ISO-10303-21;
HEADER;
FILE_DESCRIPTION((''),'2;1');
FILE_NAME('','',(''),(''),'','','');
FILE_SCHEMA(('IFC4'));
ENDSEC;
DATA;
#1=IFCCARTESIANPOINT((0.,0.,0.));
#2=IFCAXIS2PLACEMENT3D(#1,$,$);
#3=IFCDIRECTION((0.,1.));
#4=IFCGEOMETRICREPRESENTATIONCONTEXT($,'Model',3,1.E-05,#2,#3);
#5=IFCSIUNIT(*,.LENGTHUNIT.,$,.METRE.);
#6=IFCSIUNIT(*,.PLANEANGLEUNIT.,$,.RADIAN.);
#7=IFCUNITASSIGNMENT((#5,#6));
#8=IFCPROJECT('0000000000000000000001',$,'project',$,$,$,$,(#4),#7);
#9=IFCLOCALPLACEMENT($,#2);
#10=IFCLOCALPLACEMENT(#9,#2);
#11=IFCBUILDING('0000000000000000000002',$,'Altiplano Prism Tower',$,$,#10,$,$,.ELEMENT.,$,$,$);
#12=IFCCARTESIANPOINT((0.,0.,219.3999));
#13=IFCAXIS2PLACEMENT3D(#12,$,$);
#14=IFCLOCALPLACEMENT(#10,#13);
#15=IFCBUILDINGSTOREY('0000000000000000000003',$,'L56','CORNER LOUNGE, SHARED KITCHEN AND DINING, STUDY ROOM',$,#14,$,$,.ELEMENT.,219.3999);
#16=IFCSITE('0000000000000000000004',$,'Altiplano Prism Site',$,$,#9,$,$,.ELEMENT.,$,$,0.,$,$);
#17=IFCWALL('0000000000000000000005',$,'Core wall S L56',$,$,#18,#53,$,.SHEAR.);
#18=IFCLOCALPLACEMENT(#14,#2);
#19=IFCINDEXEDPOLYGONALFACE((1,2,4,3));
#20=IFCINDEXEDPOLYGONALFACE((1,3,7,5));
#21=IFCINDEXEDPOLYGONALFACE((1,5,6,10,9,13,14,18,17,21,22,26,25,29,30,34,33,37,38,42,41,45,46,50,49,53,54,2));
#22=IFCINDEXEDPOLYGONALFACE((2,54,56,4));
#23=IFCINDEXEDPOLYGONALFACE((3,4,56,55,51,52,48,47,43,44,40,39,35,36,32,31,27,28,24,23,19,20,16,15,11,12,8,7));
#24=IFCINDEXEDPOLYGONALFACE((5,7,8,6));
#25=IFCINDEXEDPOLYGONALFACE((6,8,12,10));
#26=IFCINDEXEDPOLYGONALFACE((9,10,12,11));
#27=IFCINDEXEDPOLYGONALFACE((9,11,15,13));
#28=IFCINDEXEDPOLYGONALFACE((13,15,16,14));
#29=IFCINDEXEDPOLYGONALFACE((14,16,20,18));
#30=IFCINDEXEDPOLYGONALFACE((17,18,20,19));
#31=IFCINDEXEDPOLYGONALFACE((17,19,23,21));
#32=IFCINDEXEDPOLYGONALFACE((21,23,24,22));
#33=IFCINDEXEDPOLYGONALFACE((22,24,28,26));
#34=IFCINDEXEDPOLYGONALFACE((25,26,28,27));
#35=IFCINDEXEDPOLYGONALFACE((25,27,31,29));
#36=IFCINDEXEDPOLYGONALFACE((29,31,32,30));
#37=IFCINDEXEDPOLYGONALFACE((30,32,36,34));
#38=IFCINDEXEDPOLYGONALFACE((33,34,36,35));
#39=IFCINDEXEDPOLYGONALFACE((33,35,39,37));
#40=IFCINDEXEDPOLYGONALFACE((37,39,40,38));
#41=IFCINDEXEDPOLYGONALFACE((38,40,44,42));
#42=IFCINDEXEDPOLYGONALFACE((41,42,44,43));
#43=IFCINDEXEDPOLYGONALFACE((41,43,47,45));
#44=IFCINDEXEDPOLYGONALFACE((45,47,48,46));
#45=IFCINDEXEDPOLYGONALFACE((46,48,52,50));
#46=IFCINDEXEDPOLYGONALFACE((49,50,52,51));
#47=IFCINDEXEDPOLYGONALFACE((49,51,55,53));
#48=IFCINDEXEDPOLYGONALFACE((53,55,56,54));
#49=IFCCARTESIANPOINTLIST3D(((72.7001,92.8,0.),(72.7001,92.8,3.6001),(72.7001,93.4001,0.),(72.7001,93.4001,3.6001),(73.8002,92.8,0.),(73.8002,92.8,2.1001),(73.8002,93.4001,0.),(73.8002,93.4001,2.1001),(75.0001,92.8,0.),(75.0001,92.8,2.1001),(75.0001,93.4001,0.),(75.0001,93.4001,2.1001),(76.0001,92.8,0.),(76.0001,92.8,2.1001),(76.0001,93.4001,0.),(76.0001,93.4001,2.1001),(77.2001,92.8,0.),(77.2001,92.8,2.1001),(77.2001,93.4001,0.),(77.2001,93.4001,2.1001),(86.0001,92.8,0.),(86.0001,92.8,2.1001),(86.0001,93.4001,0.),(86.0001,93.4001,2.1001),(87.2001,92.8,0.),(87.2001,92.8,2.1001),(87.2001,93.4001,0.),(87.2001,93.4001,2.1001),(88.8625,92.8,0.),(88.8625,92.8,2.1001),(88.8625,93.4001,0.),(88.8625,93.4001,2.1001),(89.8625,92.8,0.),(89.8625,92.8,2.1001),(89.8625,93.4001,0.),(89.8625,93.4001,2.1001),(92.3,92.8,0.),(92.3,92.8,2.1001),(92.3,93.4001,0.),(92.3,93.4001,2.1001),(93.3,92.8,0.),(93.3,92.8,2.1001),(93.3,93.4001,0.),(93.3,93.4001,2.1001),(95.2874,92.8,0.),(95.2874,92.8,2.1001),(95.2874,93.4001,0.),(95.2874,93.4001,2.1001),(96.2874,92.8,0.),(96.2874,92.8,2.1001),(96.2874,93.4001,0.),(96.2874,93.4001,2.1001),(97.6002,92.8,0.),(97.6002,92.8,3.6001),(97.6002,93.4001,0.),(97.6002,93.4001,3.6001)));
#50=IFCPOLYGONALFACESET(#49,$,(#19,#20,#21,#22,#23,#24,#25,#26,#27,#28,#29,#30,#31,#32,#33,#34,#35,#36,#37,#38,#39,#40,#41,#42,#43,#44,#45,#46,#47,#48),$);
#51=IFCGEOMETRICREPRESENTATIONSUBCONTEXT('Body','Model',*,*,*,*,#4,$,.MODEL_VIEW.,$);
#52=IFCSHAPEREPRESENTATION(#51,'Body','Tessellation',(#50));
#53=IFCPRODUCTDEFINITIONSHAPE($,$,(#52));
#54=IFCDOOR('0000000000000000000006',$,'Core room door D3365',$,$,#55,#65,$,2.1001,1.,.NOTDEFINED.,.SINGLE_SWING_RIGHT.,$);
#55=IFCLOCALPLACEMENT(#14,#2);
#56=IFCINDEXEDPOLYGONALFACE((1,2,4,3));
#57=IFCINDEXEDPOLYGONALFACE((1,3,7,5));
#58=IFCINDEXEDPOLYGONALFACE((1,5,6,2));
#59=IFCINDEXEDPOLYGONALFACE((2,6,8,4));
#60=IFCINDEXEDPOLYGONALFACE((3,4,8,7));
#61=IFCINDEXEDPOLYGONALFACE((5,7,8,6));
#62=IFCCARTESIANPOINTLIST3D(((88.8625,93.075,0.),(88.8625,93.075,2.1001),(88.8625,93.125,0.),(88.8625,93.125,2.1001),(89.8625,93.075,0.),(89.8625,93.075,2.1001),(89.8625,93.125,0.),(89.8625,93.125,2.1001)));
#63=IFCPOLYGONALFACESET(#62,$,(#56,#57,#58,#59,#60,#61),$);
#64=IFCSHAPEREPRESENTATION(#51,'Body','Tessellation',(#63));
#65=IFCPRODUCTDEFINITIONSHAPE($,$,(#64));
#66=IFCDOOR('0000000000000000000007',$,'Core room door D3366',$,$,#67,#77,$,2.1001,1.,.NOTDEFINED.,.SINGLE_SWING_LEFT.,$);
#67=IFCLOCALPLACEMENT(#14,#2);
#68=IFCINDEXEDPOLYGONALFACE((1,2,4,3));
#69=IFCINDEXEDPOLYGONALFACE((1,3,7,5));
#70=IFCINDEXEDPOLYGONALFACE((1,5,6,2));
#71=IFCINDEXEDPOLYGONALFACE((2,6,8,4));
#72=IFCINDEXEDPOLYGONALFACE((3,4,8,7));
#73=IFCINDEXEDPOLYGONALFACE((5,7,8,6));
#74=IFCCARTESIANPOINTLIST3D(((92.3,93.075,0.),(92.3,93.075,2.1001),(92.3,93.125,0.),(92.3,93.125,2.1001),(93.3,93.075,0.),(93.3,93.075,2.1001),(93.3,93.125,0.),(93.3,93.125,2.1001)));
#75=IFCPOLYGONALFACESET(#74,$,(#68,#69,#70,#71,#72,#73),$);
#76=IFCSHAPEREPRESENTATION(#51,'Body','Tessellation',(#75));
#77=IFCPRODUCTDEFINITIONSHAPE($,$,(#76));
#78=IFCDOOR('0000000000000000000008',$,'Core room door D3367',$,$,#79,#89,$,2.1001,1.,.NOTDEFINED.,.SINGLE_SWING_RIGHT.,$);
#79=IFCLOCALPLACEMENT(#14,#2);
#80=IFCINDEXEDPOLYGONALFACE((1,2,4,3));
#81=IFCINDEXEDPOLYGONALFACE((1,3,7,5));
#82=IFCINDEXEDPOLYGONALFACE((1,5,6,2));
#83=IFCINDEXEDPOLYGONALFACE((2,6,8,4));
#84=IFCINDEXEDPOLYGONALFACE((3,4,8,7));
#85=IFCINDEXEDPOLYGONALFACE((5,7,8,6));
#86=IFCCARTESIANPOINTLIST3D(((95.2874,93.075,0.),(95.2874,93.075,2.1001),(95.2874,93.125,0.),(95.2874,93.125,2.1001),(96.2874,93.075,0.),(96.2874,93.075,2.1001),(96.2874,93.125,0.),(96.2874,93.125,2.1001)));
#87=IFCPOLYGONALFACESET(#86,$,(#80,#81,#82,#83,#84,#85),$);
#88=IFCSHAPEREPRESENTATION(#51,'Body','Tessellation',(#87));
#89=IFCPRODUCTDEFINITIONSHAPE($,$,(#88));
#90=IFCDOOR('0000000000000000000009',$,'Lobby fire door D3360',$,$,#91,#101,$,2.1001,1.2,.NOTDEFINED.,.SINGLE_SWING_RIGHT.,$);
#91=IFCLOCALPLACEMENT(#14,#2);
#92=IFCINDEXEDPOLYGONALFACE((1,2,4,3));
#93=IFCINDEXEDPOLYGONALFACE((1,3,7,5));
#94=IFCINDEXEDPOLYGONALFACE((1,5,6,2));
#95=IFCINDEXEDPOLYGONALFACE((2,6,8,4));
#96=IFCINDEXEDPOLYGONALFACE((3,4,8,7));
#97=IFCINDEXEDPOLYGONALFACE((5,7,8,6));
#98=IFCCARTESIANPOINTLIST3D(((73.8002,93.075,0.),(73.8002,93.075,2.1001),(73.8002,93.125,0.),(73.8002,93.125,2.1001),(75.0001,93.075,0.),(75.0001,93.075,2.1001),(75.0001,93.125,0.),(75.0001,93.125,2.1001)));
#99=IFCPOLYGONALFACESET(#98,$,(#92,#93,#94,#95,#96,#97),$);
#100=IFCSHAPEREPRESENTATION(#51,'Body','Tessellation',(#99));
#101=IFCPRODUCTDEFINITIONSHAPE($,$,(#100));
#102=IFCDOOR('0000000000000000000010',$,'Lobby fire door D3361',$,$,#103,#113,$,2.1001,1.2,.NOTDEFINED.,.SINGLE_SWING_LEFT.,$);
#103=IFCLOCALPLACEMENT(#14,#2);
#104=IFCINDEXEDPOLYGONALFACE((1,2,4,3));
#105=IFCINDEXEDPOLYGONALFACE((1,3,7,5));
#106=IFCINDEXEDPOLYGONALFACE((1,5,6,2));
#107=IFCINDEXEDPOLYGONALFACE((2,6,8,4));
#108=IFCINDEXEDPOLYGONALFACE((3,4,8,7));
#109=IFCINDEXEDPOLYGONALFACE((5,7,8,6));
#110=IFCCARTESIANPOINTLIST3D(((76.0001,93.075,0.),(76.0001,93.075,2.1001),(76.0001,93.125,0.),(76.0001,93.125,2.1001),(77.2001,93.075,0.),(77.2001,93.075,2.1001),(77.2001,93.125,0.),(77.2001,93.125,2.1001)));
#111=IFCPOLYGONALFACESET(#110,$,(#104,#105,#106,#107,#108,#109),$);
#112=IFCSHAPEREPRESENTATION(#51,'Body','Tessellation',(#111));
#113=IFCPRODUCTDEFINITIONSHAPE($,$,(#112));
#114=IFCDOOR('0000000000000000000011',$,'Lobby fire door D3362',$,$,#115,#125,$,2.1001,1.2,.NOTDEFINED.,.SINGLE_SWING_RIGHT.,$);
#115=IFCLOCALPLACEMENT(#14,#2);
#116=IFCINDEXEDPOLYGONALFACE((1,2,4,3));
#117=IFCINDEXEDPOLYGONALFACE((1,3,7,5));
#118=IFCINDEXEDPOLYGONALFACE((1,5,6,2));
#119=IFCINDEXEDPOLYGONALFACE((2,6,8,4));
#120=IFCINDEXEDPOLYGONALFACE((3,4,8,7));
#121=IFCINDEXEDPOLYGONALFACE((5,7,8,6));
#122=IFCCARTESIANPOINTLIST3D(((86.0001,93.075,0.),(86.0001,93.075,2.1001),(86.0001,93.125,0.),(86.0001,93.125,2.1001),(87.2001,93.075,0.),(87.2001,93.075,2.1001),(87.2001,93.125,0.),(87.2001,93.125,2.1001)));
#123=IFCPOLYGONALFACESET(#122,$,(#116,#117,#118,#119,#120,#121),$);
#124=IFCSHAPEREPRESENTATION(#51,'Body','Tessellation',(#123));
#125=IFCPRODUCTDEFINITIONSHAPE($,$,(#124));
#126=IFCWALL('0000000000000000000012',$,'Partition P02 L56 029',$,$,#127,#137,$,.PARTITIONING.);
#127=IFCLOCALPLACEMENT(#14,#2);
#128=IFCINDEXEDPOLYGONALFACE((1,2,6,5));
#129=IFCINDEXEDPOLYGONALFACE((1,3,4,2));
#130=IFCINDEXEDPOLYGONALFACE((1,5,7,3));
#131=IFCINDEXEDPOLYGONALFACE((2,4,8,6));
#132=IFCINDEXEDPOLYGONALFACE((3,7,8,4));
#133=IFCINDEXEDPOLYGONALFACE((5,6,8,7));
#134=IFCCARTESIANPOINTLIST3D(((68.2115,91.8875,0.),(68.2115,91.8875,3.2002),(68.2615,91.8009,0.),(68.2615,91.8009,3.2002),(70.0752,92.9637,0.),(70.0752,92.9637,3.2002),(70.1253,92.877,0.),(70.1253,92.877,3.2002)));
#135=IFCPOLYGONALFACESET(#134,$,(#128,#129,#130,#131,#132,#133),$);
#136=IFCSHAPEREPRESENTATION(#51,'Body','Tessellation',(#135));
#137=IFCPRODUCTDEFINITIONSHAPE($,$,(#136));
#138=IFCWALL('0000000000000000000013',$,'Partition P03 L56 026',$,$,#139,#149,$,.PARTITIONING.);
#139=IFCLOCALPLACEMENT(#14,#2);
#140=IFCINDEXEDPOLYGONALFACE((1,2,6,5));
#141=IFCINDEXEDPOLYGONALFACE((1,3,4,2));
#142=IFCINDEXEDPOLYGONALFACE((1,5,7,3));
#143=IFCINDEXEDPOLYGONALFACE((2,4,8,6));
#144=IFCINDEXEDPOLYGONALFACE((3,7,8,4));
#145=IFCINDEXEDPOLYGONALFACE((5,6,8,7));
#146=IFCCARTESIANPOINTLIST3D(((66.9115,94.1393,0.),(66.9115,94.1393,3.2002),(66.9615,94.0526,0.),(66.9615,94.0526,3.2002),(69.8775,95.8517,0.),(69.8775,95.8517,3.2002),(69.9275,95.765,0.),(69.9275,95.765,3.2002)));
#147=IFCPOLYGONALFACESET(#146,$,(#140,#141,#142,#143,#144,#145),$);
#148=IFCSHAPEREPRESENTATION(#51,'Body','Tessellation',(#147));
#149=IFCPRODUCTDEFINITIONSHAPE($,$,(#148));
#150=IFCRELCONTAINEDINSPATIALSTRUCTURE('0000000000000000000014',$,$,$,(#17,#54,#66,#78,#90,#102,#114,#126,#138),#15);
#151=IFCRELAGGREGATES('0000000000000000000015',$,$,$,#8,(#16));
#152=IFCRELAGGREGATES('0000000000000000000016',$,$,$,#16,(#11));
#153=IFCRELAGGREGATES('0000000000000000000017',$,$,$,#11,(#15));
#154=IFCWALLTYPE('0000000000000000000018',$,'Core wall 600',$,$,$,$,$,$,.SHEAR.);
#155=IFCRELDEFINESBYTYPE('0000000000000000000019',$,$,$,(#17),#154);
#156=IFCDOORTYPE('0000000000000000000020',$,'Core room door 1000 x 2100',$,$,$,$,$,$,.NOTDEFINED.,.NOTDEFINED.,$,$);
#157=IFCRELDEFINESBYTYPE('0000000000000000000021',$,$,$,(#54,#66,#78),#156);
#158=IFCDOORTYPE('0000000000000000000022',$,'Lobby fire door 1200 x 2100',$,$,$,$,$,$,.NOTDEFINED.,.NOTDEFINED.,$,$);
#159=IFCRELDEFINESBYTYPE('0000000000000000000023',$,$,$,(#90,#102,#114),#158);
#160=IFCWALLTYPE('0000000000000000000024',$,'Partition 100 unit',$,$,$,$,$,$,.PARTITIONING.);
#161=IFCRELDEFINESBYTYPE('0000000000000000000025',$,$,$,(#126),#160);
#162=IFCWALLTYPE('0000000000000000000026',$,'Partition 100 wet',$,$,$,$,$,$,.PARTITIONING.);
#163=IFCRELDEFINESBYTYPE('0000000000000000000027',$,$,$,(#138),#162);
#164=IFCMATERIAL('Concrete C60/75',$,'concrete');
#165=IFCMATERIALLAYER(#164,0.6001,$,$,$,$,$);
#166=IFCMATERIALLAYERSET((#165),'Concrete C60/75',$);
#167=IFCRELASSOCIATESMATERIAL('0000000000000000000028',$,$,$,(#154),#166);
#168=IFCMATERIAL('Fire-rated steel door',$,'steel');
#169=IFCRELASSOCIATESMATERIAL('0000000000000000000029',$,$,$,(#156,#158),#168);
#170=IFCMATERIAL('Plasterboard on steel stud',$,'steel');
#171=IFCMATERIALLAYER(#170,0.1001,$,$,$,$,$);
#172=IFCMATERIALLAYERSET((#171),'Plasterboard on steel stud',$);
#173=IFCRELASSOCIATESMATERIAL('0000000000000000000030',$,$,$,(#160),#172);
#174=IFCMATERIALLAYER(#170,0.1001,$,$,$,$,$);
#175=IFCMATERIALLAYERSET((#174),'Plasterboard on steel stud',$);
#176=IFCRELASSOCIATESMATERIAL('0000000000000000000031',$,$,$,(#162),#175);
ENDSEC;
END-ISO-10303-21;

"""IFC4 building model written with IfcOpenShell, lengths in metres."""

from ifc_helpers import new_model, si_unit, direction, frame, frame_2d, origin, place, context, subcontext, project, spatial, rectangle, extrude, material, layer, layer_set, type_object, element, fill, save


model = new_model("IFC4")

# Units and contexts
model_context = context("Model", 3, precision=1e-05, world=origin(), true_north=direction((0.0, 1.0)))
body_context = subcontext(model_context, "Body", "Model", "MODEL_VIEW")
ifc_project = project(units=[si_unit("LENGTHUNIT", "METRE"), si_unit("PLANEANGLEUNIT", "RADIAN")], contexts=[model_context])

# Site, building, storey
site_placement = place(None, origin())
site = spatial("IfcSite", under=ifc_project, at=site_placement, Name="Altiplano Prism Site", CompositionType="ELEMENT", RefElevation=0.0)
building_placement = place(site_placement, origin())
building = spatial("IfcBuilding", under=site, at=building_placement, Name="Altiplano Prism Tower", CompositionType="ELEMENT")
storey_placement = place(building_placement, frame((0.0, 0.0, 219.3999)))
storey = spatial("IfcBuildingStorey", under=building, at=storey_placement, Name="L56", Description="CORNER LOUNGE, SHARED KITCHEN AND DINING, STUDY ROOM", CompositionType="ELEMENT", Elevation=219.3999)

# Shared definitions
ifc_material_1 = material(Name="Concrete C60/75", Category="concrete")

# Wall, openings, doors
ifc_layer_1 = layer(ifc_material_1, 0.6001)
ifc_layer_set_1 = layer_set([ifc_layer_1], Name="Concrete C60/75")
wall_type_1 = type_object("IfcWallType", Name="Core wall 600", PredefinedType="SHEAR", material=ifc_layer_set_1)
wall_1_placement = place(storey_placement, frame((72.7, 93.1001, 0.0), z_axis=(0.0, 0.0, 1.0), x_axis=(1.0, 0.0, 0.0)))
wall_1 = element("IfcWall", 1, at=wall_1_placement, inside=storey, type_object=wall_type_1, Name="Core wall S L56", PredefinedType="SHEAR", context=body_context, shape_type="SweptSolid", body=[
    extrude(rectangle(XDim=24.9001, YDim=0.6001, at=frame_2d((12.4502, 0.0))), origin(), (0.0, 0.0, 1.0), 3.6001),
])
opening_1_placement = place(wall_1_placement, frame((1.1001, 0.0, 0.0)))
opening_1 = element("IfcOpeningElement", 2, at=opening_1_placement, cuts=wall_1, PredefinedType="OPENING", context=body_context, shape_type="SweptSolid", body=[
    extrude(rectangle(XDim=1.2, YDim=2.1001, at=frame_2d((0.6001, 1.05))), frame((0.0, 0.3105, 0.0), z_axis=(0.0, -1.0, 0.0), x_axis=(1.0, 0.0, 0.0)), (0.0, 0.0, 1.0), 0.6211),
])
opening_2_placement = place(wall_1_placement, frame((3.3, 0.0, 0.0)))
opening_2 = element("IfcOpeningElement", 3, at=opening_2_placement, cuts=wall_1, PredefinedType="OPENING", context=body_context, shape_type="SweptSolid", body=[
    extrude(rectangle(XDim=1.2, YDim=2.1001, at=frame_2d((0.6001, 1.05))), frame((0.0, 0.3105, 0.0), z_axis=(0.0, -1.0, 0.0), x_axis=(1.0, 0.0, 0.0)), (0.0, 0.0, 1.0), 0.6211),
])
opening_3_placement = place(wall_1_placement, frame((13.3, 0.0, 0.0)))
opening_3 = element("IfcOpeningElement", 4, at=opening_3_placement, cuts=wall_1, PredefinedType="OPENING", context=body_context, shape_type="SweptSolid", body=[
    extrude(rectangle(XDim=1.2, YDim=2.1001, at=frame_2d((0.6001, 1.05))), frame((0.0, 0.3105, 0.0), z_axis=(0.0, -1.0, 0.0), x_axis=(1.0, 0.0, 0.0)), (0.0, 0.0, 1.0), 0.6211),
])
opening_4_placement = place(wall_1_placement, frame((16.1626, 0.0, 0.0)))
opening_4 = element("IfcOpeningElement", 5, at=opening_4_placement, cuts=wall_1, PredefinedType="OPENING", context=body_context, shape_type="SweptSolid", body=[
    extrude(rectangle(XDim=1.0, YDim=2.1001, at=frame_2d((0.5, 1.05))), frame((0.0, 0.3105, 0.0), z_axis=(0.0, -1.0, 0.0), x_axis=(1.0, 0.0, 0.0)), (0.0, 0.0, 1.0), 0.6211),
])
opening_5_placement = place(wall_1_placement, frame((19.6001, 0.0, 0.0)))
opening_5 = element("IfcOpeningElement", 6, at=opening_5_placement, cuts=wall_1, PredefinedType="OPENING", context=body_context, shape_type="SweptSolid", body=[
    extrude(rectangle(XDim=1.0, YDim=2.1001, at=frame_2d((0.5, 1.05))), frame((0.0, 0.3105, 0.0), z_axis=(0.0, -1.0, 0.0), x_axis=(1.0, 0.0, 0.0)), (0.0, 0.0, 1.0), 0.6211),
])
opening_6_placement = place(wall_1_placement, frame((22.5874, 0.0, 0.0)))
opening_6 = element("IfcOpeningElement", 7, at=opening_6_placement, cuts=wall_1, PredefinedType="OPENING", context=body_context, shape_type="SweptSolid", body=[
    extrude(rectangle(XDim=1.0, YDim=2.1001, at=frame_2d((0.5, 1.05))), frame((0.0, 0.3105, 0.0), z_axis=(0.0, -1.0, 0.0), x_axis=(1.0, 0.0, 0.0)), (0.0, 0.0, 1.0), 0.6211),
])
ifc_material_2 = material(Name="Fire-rated steel door", Category="steel")
door_type_1 = type_object("IfcDoorType", Name="Core room door 1000 x 2100", OperationType="NOTDEFINED", PredefinedType="NOTDEFINED", material=ifc_material_2)
door_1_placement = place(opening_4_placement, origin())
door_1 = element("IfcDoor", 8, at=door_1_placement, inside=storey, type_object=door_type_1, Name="Core room door D3365", OperationType="SINGLE_SWING_RIGHT", OverallHeight=2.1001, OverallWidth=1.0, PredefinedType="NOTDEFINED", context=body_context, shape_type="SweptSolid", body=[
    extrude(rectangle(XDim=1.0, YDim=2.1001, at=frame_2d((0.5, 1.05))), frame((0.0, 0.0249, 0.0), z_axis=(0.0, -1.0, 0.0), x_axis=(1.0, 0.0, 0.0)), (0.0, 0.0, 1.0), 0.05),
])
fill(opening_4, door_1)
door_2_placement = place(opening_5_placement, origin())
door_2 = element("IfcDoor", 9, at=door_2_placement, inside=storey, type_object=door_type_1, Name="Core room door D3366", OperationType="SINGLE_SWING_LEFT", OverallHeight=2.1001, OverallWidth=1.0, PredefinedType="NOTDEFINED", context=body_context, shape_type="SweptSolid", body=[
    extrude(rectangle(XDim=1.0, YDim=2.1001, at=frame_2d((0.5, 1.05))), frame((0.0, 0.0249, 0.0), z_axis=(0.0, -1.0, 0.0), x_axis=(1.0, 0.0, 0.0)), (0.0, 0.0, 1.0), 0.05),
])
fill(opening_5, door_2)
door_3_placement = place(opening_6_placement, origin())
door_3 = element("IfcDoor", 10, at=door_3_placement, inside=storey, type_object=door_type_1, Name="Core room door D3367", OperationType="SINGLE_SWING_RIGHT", OverallHeight=2.1001, OverallWidth=1.0, PredefinedType="NOTDEFINED", context=body_context, shape_type="SweptSolid", body=[
    extrude(rectangle(XDim=1.0, YDim=2.1001, at=frame_2d((0.5, 1.05))), frame((0.0, 0.0249, 0.0), z_axis=(0.0, -1.0, 0.0), x_axis=(1.0, 0.0, 0.0)), (0.0, 0.0, 1.0), 0.05),
])
fill(opening_6, door_3)
door_type_2 = type_object("IfcDoorType", Name="Lobby fire door 1200 x 2100", OperationType="NOTDEFINED", PredefinedType="NOTDEFINED", material=ifc_material_2)
door_4_placement = place(opening_1_placement, origin())
door_4 = element("IfcDoor", 11, at=door_4_placement, inside=storey, type_object=door_type_2, Name="Lobby fire door D3360", OperationType="SINGLE_SWING_RIGHT", OverallHeight=2.1001, OverallWidth=1.2, PredefinedType="NOTDEFINED", context=body_context, shape_type="SweptSolid", body=[
    extrude(rectangle(XDim=1.2, YDim=2.1001, at=frame_2d((0.6001, 1.05))), frame((0.0, 0.0249, 0.0), z_axis=(0.0, -1.0, 0.0), x_axis=(1.0, 0.0, 0.0)), (0.0, 0.0, 1.0), 0.05),
])
fill(opening_1, door_4)
door_5_placement = place(opening_2_placement, origin())
door_5 = element("IfcDoor", 12, at=door_5_placement, inside=storey, type_object=door_type_2, Name="Lobby fire door D3361", OperationType="SINGLE_SWING_LEFT", OverallHeight=2.1001, OverallWidth=1.2, PredefinedType="NOTDEFINED", context=body_context, shape_type="SweptSolid", body=[
    extrude(rectangle(XDim=1.2, YDim=2.1001, at=frame_2d((0.6001, 1.05))), frame((0.0, 0.0249, 0.0), z_axis=(0.0, -1.0, 0.0), x_axis=(1.0, 0.0, 0.0)), (0.0, 0.0, 1.0), 0.05),
])
fill(opening_2, door_5)
door_6_placement = place(opening_3_placement, origin())
door_6 = element("IfcDoor", 13, at=door_6_placement, inside=storey, type_object=door_type_2, Name="Lobby fire door D3362", OperationType="SINGLE_SWING_RIGHT", OverallHeight=2.1001, OverallWidth=1.2, PredefinedType="NOTDEFINED", context=body_context, shape_type="SweptSolid", body=[
    extrude(rectangle(XDim=1.2, YDim=2.1001, at=frame_2d((0.6001, 1.05))), frame((0.0, 0.0249, 0.0), z_axis=(0.0, -1.0, 0.0), x_axis=(1.0, 0.0, 0.0)), (0.0, 0.0, 1.0), 0.05),
])
fill(opening_3, door_6)

# Walls
ifc_material_3 = material(Name="Plasterboard on steel stud", Category="steel")
ifc_layer_2 = layer(ifc_material_3, 0.1001)
ifc_layer_set_2 = layer_set([ifc_layer_2], Name="Plasterboard on steel stud")
wall_type_2 = type_object("IfcWallType", Name="Partition 100 unit", PredefinedType="PARTITIONING", material=ifc_layer_set_2)
wall_2_placement = place(storey_placement, frame((70.1003, 92.9204, 0.0), z_axis=(0.0, 0.0, 1.0), x_axis=(-0.866, -0.500043, 0.0)))
element("IfcWall", 14, at=wall_2_placement, inside=storey, type_object=wall_type_2, Name="Partition P02 L56 029", PredefinedType="PARTITIONING", context=body_context, shape_type="SweptSolid", body=[
    extrude(rectangle(XDim=2.1521, YDim=0.1001, at=frame_2d((1.0762, 0.0))), origin(), (0.0, 0.0, 1.0), 3.2002),
])
ifc_layer_3 = layer(ifc_material_3, 0.1001)
ifc_layer_set_3 = layer_set([ifc_layer_3], Name="Plasterboard on steel stud")
wall_type_3 = type_object("IfcWallType", Name="Partition 100 wet", PredefinedType="PARTITIONING", material=ifc_layer_set_3)
wall_3_placement = place(storey_placement, frame((66.9365, 94.0959, 0.0), z_axis=(0.0, 0.0, 1.0), x_axis=(0.866032, 0.499988, 0.0)))
element("IfcWall", 15, at=wall_3_placement, inside=storey, type_object=wall_type_3, Name="Partition P03 L56 026", PredefinedType="PARTITIONING", context=body_context, shape_type="SweptSolid", body=[
    extrude(rectangle(XDim=3.4248, YDim=0.1001, at=frame_2d((1.7124, 0.0))), origin(), (0.0, 0.0, 1.0), 3.2002),
])

save(model, "model.ifc")
